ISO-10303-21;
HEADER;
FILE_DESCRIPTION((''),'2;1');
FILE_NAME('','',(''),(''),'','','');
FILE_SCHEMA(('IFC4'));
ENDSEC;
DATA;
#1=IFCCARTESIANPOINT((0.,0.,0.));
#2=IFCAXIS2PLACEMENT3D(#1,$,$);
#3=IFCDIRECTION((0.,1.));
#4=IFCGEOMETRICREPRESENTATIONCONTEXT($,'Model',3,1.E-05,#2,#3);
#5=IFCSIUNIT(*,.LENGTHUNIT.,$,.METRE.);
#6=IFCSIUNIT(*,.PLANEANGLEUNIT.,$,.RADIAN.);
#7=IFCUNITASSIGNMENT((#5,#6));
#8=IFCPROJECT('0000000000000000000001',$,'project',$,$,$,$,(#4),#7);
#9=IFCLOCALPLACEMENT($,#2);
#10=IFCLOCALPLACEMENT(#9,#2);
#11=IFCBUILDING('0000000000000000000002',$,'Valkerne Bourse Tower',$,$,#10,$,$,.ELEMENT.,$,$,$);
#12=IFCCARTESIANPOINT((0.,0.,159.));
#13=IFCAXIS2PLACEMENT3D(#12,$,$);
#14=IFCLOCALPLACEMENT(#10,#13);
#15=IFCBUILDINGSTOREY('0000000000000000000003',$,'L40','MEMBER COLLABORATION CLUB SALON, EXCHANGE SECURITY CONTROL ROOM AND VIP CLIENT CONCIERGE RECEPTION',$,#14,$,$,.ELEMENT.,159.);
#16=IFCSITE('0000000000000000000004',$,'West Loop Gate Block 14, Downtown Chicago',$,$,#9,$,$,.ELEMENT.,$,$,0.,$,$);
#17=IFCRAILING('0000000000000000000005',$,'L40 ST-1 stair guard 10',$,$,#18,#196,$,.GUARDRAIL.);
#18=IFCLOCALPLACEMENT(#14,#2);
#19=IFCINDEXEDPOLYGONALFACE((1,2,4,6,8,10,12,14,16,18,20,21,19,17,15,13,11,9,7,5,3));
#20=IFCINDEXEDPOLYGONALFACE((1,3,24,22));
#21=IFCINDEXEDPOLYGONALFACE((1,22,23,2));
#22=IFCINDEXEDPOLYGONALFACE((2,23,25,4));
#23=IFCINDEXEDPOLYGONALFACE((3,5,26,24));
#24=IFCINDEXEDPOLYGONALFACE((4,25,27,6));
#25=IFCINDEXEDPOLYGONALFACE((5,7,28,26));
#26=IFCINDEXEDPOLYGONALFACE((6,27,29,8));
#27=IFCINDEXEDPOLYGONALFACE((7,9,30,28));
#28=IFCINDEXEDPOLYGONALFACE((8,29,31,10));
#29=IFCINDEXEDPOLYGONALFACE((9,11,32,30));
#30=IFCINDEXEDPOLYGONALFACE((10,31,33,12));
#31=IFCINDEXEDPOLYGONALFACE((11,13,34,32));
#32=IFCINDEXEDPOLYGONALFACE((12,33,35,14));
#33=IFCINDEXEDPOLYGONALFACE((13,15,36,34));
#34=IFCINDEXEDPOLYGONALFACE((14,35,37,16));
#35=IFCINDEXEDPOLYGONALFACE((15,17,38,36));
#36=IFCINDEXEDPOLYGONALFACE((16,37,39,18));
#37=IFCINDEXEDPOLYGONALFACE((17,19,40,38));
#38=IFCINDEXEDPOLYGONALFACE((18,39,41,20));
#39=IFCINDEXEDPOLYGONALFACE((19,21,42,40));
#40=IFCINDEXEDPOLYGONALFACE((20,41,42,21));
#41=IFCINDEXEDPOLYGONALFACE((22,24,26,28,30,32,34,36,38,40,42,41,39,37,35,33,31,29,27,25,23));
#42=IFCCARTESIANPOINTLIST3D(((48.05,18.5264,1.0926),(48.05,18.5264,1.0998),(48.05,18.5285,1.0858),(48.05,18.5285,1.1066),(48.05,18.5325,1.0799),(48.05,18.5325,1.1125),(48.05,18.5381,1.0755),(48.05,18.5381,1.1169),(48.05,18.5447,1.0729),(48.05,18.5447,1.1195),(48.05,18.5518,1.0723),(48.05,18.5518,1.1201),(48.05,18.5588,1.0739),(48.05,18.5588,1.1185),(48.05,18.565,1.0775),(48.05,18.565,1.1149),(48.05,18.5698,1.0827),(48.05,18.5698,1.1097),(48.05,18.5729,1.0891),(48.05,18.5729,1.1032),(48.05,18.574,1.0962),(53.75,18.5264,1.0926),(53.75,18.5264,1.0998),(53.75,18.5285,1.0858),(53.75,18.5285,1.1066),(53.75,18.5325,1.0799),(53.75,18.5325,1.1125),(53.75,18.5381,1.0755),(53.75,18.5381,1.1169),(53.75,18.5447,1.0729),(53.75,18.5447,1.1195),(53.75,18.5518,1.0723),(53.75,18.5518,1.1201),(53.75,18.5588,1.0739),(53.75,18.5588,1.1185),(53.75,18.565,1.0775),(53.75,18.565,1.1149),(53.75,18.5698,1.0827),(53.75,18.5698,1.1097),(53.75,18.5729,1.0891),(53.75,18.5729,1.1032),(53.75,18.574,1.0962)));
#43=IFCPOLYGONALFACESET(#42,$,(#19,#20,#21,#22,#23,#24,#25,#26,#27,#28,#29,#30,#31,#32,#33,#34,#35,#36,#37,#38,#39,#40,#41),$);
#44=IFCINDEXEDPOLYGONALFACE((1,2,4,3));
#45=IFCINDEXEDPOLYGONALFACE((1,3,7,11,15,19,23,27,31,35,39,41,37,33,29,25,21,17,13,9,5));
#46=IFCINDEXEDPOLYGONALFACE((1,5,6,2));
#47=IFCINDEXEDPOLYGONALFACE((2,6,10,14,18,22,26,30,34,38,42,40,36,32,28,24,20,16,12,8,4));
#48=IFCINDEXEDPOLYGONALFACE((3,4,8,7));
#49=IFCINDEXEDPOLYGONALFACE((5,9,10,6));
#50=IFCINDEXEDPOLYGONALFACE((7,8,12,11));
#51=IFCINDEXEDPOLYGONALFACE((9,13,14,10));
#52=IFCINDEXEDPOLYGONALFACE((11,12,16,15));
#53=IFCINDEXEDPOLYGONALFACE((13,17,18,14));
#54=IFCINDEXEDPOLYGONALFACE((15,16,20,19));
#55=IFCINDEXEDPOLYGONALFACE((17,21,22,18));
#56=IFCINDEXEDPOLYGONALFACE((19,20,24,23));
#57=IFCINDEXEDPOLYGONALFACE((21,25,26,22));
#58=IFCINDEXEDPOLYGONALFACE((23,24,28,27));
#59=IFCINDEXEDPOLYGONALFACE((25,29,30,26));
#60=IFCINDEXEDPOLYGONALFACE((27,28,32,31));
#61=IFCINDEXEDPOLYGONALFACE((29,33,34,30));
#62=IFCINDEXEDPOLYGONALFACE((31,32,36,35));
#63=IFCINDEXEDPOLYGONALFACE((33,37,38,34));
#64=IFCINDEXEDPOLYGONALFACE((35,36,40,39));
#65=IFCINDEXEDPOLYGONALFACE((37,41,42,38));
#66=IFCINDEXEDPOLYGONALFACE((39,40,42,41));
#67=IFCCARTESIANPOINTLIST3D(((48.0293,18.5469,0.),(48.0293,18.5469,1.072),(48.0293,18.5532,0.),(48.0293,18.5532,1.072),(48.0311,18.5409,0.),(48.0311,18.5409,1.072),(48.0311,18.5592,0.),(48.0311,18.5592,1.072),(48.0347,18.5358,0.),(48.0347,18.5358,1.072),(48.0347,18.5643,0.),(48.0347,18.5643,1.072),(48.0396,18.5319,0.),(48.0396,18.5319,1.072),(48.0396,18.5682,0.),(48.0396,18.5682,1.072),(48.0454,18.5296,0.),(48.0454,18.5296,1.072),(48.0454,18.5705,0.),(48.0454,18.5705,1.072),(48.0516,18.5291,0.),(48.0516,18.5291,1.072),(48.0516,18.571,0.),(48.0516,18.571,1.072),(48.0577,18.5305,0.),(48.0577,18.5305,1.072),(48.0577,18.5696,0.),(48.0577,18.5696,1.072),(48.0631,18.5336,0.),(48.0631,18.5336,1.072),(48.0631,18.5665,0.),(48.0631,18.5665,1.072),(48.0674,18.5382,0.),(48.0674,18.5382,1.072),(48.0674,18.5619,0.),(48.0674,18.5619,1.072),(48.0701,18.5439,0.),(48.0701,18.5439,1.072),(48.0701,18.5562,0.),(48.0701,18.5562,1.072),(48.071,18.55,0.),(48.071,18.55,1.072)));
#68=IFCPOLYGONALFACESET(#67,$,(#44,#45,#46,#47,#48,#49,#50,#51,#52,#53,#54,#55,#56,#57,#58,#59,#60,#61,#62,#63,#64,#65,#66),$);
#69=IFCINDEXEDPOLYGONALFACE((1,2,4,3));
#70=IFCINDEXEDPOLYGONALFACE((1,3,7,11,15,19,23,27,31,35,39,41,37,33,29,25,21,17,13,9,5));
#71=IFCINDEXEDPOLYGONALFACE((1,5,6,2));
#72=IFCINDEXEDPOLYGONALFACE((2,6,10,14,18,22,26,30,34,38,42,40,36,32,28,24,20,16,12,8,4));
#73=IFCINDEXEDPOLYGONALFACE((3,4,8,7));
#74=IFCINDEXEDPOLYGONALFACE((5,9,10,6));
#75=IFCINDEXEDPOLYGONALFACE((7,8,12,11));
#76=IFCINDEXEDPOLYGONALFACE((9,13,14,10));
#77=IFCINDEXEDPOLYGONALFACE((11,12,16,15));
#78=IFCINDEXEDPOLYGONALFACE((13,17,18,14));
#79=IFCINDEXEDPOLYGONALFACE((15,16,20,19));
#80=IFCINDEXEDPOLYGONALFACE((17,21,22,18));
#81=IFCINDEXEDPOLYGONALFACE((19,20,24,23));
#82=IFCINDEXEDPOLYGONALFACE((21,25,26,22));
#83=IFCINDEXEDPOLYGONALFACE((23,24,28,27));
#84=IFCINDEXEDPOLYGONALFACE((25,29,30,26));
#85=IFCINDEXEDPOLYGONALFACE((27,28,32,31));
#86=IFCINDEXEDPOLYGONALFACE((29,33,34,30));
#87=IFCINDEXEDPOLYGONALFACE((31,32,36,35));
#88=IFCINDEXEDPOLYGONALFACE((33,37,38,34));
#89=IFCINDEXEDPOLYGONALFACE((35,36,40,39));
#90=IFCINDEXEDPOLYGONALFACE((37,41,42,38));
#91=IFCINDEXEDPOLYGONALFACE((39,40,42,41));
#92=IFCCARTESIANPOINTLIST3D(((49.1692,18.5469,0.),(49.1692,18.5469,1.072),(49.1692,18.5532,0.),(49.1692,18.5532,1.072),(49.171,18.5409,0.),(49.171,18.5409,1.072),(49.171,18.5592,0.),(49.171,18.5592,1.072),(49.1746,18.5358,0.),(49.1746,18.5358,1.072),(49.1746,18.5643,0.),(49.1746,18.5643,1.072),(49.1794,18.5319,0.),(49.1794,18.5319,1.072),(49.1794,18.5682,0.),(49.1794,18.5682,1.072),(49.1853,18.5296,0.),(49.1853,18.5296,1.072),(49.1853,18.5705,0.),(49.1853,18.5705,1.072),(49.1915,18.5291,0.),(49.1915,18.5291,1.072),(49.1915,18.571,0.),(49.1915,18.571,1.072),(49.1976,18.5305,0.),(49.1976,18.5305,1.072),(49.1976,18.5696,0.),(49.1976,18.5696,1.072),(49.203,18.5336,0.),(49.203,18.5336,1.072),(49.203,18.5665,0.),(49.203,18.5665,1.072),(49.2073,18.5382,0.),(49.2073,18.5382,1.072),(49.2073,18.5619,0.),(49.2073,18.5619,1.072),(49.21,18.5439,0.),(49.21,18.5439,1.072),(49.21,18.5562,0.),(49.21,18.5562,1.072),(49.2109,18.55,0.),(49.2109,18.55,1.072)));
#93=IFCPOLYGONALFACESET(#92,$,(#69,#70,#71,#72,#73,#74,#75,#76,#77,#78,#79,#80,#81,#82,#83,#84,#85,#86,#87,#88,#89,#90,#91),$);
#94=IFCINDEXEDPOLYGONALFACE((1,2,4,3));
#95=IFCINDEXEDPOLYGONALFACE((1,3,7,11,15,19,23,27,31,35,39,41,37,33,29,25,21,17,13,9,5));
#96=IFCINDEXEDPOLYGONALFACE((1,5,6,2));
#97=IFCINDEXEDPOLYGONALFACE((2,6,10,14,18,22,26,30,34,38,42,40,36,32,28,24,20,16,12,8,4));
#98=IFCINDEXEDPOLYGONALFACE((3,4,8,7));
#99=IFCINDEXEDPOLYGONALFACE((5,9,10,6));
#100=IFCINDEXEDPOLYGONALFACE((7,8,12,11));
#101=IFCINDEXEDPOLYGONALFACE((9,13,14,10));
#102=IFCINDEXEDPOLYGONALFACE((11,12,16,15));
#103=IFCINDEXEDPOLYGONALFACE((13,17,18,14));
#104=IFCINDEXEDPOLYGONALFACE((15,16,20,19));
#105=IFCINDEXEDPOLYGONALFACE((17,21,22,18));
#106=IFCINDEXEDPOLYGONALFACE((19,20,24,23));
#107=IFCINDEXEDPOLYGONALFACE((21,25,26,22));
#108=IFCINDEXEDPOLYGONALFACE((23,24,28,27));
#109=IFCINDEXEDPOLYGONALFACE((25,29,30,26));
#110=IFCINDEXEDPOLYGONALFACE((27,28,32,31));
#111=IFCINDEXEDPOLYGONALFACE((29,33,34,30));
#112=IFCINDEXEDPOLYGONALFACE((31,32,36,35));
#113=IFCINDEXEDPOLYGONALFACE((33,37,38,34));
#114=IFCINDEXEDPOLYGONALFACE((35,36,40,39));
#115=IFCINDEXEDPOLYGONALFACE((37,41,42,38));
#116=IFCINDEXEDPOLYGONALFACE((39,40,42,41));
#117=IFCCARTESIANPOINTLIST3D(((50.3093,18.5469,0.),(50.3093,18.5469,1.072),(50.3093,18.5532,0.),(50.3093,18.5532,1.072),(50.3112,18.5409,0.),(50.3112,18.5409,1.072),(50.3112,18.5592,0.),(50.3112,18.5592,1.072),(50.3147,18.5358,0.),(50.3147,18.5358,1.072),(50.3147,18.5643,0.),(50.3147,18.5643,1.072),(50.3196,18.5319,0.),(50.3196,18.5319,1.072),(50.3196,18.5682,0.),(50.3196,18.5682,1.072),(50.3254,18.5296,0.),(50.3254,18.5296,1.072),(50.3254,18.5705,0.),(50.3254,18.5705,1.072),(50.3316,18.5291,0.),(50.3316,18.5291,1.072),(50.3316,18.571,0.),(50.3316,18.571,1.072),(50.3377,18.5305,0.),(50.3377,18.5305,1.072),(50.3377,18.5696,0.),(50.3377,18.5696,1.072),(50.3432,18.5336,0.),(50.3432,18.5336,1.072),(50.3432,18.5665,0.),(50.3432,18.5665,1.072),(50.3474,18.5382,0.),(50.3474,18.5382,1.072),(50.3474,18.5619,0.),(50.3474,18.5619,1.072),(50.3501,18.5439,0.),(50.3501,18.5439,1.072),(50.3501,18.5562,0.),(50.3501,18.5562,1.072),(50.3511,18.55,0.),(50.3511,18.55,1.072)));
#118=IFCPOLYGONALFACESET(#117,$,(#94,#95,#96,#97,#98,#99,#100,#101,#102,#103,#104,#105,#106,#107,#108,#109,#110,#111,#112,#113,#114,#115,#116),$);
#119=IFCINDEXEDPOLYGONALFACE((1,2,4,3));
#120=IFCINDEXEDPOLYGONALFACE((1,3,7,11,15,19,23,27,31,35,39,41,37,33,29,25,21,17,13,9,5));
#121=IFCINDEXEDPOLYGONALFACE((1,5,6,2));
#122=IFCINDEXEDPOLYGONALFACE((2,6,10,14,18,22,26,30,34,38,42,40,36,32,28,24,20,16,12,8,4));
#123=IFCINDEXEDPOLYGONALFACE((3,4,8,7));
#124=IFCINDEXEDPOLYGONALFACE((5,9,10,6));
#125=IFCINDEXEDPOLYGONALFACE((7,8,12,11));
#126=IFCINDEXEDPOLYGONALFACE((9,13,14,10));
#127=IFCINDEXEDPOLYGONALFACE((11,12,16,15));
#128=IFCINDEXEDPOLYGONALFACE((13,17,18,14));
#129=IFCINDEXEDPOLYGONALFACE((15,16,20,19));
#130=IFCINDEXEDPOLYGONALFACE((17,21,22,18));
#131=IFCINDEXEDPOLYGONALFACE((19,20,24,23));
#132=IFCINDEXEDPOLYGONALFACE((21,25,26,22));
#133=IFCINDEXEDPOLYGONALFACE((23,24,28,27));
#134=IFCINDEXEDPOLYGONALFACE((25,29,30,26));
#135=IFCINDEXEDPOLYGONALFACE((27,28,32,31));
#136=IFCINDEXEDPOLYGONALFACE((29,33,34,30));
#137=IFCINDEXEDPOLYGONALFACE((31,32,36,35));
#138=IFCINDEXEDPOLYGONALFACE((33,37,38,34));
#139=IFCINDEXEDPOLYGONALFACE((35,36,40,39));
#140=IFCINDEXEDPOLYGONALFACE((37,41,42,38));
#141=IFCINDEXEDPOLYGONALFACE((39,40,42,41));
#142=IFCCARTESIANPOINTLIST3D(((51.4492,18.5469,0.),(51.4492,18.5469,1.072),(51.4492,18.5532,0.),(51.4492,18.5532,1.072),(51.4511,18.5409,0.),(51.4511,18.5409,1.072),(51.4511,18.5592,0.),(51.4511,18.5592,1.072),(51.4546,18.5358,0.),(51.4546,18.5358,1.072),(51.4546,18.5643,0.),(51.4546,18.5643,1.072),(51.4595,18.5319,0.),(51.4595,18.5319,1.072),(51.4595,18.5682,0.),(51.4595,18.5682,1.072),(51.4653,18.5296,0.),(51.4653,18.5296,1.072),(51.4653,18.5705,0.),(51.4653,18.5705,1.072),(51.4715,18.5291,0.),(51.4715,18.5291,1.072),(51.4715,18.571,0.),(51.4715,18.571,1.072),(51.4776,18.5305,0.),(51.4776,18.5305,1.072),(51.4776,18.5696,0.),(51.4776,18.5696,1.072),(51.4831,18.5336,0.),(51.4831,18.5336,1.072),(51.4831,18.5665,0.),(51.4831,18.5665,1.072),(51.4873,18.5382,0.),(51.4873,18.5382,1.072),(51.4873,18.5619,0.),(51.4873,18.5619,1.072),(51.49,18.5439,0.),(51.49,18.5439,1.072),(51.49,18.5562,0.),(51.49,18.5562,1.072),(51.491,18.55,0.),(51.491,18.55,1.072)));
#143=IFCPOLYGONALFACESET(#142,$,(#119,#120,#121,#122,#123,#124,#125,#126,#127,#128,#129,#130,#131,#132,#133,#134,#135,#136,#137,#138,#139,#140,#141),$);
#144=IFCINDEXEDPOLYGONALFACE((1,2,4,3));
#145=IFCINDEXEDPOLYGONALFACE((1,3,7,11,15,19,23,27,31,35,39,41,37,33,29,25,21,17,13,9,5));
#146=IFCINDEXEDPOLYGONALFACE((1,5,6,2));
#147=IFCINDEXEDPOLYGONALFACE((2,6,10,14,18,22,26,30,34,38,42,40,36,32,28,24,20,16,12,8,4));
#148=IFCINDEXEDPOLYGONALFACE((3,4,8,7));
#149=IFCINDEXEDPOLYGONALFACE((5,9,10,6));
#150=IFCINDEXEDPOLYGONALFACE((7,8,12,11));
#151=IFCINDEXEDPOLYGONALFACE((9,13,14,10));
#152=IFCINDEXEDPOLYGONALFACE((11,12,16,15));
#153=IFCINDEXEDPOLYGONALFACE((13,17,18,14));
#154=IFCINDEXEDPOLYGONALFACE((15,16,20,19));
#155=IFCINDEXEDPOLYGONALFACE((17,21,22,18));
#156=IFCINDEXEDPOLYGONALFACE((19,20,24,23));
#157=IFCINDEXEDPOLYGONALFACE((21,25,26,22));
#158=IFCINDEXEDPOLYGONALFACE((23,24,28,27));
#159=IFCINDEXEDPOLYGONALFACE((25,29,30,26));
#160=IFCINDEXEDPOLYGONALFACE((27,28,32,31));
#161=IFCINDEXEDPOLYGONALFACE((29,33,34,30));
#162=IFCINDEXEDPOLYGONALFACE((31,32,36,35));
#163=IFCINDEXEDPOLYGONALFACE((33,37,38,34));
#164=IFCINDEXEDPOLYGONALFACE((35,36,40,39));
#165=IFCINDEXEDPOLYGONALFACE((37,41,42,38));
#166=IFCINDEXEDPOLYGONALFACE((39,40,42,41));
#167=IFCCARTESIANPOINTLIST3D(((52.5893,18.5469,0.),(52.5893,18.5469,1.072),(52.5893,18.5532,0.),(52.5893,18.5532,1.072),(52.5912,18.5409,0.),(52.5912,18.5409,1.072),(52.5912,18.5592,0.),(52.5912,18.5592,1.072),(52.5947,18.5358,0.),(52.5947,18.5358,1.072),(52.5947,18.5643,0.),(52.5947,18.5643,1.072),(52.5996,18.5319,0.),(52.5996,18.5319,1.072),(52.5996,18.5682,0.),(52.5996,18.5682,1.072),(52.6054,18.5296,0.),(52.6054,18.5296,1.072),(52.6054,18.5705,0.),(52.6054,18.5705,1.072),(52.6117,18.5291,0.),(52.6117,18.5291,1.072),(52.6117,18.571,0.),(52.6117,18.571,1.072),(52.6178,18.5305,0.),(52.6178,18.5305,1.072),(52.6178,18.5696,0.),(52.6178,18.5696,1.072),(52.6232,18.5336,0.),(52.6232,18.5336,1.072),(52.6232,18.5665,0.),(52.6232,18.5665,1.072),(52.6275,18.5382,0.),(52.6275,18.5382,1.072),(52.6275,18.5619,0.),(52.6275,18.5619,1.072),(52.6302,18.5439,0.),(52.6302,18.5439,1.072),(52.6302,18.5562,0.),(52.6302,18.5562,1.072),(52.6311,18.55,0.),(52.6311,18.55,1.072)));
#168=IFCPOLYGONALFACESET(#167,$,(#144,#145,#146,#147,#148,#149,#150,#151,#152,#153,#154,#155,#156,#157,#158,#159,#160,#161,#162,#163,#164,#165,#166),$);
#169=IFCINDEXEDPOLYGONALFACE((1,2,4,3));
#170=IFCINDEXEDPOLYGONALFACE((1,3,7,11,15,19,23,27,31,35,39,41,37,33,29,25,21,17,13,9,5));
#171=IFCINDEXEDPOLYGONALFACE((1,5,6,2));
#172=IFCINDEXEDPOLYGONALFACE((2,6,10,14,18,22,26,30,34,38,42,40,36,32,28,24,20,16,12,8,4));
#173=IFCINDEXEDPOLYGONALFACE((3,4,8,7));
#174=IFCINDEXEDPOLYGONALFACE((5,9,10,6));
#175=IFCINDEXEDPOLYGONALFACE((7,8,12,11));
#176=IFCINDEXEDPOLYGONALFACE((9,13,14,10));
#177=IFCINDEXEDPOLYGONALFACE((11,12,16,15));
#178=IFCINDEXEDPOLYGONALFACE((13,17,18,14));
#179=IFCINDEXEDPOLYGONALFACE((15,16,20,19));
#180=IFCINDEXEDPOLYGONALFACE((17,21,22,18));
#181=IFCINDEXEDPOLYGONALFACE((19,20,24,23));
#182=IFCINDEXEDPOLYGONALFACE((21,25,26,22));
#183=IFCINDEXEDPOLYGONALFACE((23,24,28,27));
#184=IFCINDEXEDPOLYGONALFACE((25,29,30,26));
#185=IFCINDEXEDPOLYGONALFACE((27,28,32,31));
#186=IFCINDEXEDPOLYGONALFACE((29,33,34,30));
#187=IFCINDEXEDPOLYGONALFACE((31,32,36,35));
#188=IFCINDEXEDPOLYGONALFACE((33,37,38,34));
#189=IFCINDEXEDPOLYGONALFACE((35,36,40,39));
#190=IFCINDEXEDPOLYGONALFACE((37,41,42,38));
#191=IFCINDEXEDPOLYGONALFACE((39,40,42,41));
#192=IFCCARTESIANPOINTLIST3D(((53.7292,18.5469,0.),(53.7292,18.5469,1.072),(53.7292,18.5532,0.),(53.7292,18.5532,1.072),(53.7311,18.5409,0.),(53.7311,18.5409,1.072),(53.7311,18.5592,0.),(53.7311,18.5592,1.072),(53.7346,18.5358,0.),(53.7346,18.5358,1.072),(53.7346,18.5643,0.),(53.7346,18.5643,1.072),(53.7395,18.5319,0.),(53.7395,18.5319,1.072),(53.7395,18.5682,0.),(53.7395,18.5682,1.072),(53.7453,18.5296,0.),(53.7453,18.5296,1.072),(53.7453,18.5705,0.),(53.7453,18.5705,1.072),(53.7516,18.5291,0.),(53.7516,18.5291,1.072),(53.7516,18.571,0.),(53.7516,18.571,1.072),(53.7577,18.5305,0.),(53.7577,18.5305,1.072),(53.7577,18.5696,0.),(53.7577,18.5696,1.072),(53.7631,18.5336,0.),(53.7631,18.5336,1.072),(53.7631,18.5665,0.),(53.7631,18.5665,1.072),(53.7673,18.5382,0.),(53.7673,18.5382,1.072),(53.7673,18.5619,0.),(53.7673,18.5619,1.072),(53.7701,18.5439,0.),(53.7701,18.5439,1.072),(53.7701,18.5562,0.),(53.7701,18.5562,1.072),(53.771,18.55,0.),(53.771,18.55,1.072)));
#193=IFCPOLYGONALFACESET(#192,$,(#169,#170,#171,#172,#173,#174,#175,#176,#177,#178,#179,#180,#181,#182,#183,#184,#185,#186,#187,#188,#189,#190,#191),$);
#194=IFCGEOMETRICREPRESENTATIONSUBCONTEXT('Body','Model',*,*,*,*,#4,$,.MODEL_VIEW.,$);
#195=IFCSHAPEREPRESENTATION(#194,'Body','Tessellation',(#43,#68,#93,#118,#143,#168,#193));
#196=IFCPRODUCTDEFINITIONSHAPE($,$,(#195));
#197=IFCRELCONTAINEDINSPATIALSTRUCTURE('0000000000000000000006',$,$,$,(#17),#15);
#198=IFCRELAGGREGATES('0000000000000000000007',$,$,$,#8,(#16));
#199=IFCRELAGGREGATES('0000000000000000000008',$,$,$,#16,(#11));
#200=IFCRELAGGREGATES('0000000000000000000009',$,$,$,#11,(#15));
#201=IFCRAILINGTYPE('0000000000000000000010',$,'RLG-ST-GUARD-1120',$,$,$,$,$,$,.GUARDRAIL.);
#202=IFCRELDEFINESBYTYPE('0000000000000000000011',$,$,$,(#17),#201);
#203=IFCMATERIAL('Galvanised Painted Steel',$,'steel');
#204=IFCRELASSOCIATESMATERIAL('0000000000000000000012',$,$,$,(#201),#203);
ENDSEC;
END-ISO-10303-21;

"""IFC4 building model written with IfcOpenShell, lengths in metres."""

from ifc_helpers import new_model, si_unit, direction, frame, origin, origin_2d, place, context, subcontext, project, spatial, circle, extrude, material, type_object, element, save


model = new_model("IFC4")

# Units and contexts
model_context = context("Model", 3, precision=1e-05, world=origin(), true_north=direction((0.0, 1.0)))
body_context = subcontext(model_context, "Body", "Model", "MODEL_VIEW")
ifc_project = project(units=[si_unit("LENGTHUNIT", "METRE"), si_unit("PLANEANGLEUNIT", "RADIAN")], contexts=[model_context])

# Site, building, storey
site_placement = place(None, origin())
site = spatial("IfcSite", under=ifc_project, at=site_placement, Name="West Loop Gate Block 14, Downtown Chicago", CompositionType="ELEMENT", RefElevation=0.0)
building_placement = place(site_placement, origin())
building = spatial("IfcBuilding", under=site, at=building_placement, Name="Valkerne Bourse Tower", CompositionType="ELEMENT")
storey_placement = place(building_placement, frame((0.0, 0.0, 159.0)))
storey = spatial("IfcBuildingStorey", under=building, at=storey_placement, Name="L40", Description="MEMBER COLLABORATION CLUB SALON, EXCHANGE SECURITY CONTROL ROOM AND VIP CLIENT CONCIERGE RECEPTION", CompositionType="ELEMENT", Elevation=159.0)

# Shared definitions
ifc_material_1 = material(Name="Galvanised Painted Steel", Category="steel")

# Railing
railing_type_1 = type_object("IfcRailingType", Name="RLG-ST-GUARD-1120", PredefinedType="GUARDRAIL", material=ifc_material_1)
for number, where, name in (
    (1, (48.05, 18.55, 0.0), "L40 ST-1 stair guard 10"),
):
    element("IfcRailing", number, at=place(storey_placement, frame(where)), inside=storey, type_object=railing_type_1, Name=name, PredefinedType="GUARDRAIL", context=body_context, shape_type="SweptSolid", body=[
        extrude(circle(Radius=0.0239, at=origin_2d()), frame((0.0, 0.0, 1.0962), z_axis=(1.0, 0.0, 0.0), x_axis=(0.0, 1.0, 0.0)), (0.0, 0.0, 1.0), 5.7),
        extrude(circle(Radius=0.021, at=origin_2d()), origin(), (0.0, 0.0, 1.0), 1.072),
        extrude(circle(Radius=0.021, at=origin_2d()), frame((1.1399, 0.0, 0.0)), (0.0, 0.0, 1.0), 1.072),
        extrude(circle(Radius=0.021, at=origin_2d()), frame((2.28, 0.0, 0.0)), (0.0, 0.0, 1.0), 1.072),
        extrude(circle(Radius=0.021, at=origin_2d()), frame((3.4199, 0.0, 0.0)), (0.0, 0.0, 1.0), 1.072),
        extrude(circle(Radius=0.021, at=origin_2d()), frame((4.5601, 0.0, 0.0)), (0.0, 0.0, 1.0), 1.072),
        extrude(circle(Radius=0.021, at=origin_2d()), frame((5.7, 0.0, 0.0)), (0.0, 0.0, 1.0), 1.072),
    ])

save(model, "model.ifc")
